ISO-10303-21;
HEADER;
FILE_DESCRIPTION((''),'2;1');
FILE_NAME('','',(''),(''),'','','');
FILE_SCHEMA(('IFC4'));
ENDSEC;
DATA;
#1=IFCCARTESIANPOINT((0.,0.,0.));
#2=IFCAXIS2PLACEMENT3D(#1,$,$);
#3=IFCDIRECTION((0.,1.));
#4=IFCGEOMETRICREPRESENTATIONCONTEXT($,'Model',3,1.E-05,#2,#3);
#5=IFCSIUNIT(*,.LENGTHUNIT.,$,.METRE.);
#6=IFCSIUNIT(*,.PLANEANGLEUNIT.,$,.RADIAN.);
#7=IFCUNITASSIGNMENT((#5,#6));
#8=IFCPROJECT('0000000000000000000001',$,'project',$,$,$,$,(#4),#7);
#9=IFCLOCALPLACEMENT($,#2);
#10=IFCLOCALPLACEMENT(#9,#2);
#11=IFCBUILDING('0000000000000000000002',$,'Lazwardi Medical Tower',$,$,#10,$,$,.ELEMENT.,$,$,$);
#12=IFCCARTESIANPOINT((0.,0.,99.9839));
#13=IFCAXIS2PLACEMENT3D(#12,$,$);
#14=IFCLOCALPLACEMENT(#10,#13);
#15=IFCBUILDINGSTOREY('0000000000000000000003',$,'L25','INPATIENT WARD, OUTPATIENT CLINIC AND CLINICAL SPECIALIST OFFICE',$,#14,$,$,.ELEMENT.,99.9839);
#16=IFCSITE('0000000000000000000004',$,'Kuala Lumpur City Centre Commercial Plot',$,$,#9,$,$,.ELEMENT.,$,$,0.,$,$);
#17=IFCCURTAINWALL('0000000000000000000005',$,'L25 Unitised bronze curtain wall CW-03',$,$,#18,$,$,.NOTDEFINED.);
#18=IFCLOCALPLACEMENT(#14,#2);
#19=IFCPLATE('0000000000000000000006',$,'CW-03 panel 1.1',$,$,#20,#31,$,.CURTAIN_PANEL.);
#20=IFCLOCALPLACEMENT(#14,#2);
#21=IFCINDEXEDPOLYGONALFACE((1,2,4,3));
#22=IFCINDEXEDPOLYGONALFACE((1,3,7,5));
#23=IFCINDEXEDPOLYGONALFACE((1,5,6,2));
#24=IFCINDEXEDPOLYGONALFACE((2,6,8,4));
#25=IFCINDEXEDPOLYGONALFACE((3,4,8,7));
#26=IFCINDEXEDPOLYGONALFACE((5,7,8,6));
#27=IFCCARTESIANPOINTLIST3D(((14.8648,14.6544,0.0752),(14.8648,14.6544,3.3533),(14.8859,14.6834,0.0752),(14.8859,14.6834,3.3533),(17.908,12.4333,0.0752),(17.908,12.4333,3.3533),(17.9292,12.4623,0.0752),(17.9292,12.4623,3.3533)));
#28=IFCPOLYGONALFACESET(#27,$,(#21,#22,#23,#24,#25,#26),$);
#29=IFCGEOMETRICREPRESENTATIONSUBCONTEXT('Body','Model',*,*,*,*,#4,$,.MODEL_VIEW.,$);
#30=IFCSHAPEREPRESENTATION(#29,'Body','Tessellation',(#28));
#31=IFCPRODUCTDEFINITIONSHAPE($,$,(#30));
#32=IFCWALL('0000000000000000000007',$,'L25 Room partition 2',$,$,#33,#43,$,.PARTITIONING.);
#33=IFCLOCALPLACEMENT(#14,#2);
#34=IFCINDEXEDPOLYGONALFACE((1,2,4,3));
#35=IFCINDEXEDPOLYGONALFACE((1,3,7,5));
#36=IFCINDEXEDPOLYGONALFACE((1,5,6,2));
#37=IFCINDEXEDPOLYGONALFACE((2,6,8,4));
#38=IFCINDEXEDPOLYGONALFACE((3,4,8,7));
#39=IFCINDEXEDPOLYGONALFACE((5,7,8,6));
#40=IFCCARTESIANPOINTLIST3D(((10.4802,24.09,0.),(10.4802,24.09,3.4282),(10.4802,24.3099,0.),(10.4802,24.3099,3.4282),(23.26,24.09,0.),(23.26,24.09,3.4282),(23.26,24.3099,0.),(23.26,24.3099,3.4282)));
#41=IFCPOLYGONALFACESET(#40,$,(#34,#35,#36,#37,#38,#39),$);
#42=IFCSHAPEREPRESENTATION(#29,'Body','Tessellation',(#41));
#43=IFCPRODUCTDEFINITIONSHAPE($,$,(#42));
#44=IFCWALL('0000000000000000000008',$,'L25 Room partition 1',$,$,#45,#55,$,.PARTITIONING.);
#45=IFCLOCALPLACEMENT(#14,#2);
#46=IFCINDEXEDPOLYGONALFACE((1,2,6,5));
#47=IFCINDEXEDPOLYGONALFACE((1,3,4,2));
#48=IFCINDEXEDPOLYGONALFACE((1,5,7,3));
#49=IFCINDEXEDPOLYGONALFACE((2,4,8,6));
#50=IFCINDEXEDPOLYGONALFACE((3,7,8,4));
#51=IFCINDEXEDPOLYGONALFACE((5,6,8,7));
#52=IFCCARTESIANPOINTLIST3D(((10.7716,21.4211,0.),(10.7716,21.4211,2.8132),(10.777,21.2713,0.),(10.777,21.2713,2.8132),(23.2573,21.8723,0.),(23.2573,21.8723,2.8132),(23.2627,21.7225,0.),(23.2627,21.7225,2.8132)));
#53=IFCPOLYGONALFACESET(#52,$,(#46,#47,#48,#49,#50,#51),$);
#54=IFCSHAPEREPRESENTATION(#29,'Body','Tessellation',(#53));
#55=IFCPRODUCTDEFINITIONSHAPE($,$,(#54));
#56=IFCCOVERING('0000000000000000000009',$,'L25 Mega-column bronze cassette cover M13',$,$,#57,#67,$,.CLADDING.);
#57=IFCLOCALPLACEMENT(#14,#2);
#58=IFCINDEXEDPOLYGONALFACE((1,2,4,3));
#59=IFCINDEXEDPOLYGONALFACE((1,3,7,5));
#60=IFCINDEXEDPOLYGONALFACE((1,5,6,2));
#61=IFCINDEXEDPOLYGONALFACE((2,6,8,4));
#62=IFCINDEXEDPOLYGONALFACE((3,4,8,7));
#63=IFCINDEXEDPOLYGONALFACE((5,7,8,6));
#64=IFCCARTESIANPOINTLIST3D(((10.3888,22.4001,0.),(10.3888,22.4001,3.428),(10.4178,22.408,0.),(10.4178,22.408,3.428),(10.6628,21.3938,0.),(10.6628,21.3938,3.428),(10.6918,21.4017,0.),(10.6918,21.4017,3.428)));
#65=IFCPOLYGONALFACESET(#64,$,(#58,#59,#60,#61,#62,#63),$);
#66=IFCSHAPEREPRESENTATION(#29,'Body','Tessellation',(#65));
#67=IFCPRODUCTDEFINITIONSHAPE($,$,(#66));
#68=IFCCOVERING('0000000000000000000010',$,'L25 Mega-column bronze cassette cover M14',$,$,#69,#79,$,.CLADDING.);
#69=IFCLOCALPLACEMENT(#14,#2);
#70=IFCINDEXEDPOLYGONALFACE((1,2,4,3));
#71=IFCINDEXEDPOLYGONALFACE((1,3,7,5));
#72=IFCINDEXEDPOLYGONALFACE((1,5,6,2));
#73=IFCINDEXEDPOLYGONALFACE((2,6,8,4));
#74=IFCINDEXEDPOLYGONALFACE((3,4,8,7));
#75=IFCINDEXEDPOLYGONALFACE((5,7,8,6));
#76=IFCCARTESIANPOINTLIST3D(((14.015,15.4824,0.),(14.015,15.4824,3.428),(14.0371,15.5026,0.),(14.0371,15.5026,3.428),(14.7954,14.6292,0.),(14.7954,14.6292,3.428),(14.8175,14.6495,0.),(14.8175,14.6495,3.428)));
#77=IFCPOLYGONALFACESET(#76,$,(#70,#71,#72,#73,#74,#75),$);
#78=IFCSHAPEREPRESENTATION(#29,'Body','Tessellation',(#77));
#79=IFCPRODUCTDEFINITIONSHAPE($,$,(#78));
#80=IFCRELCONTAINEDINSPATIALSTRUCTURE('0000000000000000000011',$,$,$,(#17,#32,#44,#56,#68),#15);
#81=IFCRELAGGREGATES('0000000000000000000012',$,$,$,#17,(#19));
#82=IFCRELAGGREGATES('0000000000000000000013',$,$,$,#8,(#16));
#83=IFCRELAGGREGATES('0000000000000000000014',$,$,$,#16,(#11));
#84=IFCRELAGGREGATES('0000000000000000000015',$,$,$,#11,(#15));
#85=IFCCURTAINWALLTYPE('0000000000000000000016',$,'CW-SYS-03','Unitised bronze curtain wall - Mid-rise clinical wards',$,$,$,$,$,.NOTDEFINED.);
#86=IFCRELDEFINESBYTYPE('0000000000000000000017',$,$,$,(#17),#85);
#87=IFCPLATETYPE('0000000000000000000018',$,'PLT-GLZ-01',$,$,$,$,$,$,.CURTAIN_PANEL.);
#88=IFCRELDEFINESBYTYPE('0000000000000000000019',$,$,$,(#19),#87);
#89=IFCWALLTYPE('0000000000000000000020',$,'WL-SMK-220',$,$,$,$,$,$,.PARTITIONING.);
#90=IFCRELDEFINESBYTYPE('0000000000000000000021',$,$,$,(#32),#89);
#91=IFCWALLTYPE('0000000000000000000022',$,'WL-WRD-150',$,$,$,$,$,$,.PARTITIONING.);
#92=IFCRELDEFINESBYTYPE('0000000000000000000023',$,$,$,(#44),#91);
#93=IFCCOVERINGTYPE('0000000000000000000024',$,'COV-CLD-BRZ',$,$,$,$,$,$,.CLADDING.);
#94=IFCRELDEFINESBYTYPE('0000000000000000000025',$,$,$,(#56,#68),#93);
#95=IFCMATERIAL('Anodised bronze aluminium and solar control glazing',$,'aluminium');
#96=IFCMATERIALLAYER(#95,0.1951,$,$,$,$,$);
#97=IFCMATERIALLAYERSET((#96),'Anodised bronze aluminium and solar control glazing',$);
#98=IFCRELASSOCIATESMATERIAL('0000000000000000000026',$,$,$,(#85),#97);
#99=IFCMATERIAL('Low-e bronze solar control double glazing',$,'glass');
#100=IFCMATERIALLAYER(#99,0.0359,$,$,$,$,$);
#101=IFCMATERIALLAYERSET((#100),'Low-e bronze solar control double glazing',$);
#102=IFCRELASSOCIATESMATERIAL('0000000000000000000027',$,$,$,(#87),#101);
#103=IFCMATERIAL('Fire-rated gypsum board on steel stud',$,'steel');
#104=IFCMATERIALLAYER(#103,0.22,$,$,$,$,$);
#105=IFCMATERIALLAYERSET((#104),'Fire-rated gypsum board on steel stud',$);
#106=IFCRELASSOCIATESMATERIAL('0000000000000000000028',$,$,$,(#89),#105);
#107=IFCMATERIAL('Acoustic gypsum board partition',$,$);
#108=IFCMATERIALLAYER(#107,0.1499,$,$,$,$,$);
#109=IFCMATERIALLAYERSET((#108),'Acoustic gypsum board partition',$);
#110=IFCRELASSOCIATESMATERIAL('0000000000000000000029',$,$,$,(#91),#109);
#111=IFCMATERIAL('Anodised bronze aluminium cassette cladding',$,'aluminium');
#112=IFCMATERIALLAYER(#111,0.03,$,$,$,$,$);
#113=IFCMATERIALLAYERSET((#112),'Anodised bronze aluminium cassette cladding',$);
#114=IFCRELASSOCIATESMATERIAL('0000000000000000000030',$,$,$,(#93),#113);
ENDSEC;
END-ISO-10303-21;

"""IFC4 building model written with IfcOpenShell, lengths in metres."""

from ifc_helpers import new_model, si_unit, direction, frame, frame_2d, origin, origin_2d, place, context, subcontext, project, spatial, rectangle, extrude, material, layer, layer_set, type_object, element, aggregate, save


model = new_model("IFC4")

# Units and contexts
model_context = context("Model", 3, precision=1e-05, world=origin(), true_north=direction((0.0, 1.0)))
body_context = subcontext(model_context, "Body", "Model", "MODEL_VIEW")
ifc_project = project(units=[si_unit("LENGTHUNIT", "METRE"), si_unit("PLANEANGLEUNIT", "RADIAN")], contexts=[model_context])

# Site, building, storey
site_placement = place(None, origin())
site = spatial("IfcSite", under=ifc_project, at=site_placement, Name="Kuala Lumpur City Centre Commercial Plot", CompositionType="ELEMENT", RefElevation=0.0)
building_placement = place(site_placement, origin())
building = spatial("IfcBuilding", under=site, at=building_placement, Name="Lazwardi Medical Tower", CompositionType="ELEMENT")
storey_placement = place(building_placement, frame((0.0, 0.0, 99.9839)))
storey = spatial("IfcBuildingStorey", under=building, at=storey_placement, Name="L25", Description="INPATIENT WARD, OUTPATIENT CLINIC AND CLINICAL SPECIALIST OFFICE", CompositionType="ELEMENT", Elevation=99.9839)

# Shared definitions
ifc_material_1 = material(Name="Anodised bronze aluminium and solar control glazing", Category="aluminium")
ifc_layer_1 = layer(ifc_material_1, 0.1951)
ifc_layer_set_1 = layer_set([ifc_layer_1], Name="Anodised bronze aluminium and solar control glazing")
curtain_wall_type = type_object("IfcCurtainWallType", Name="CW-SYS-03", Description="Unitised bronze curtain wall - Mid-rise clinical wards", PredefinedType="NOTDEFINED", material=ifc_layer_set_1)

# Curtain wall
curtain_wall_1_placement = place(storey_placement, origin())
curtain_wall_1 = element("IfcCurtainWall", 1, at=curtain_wall_1_placement, inside=storey, type_object=curtain_wall_type, Name="L25 Unitised bronze curtain wall CW-03", PredefinedType="NOTDEFINED")

# Plate
ifc_material_2 = material(Name="Low-e bronze solar control double glazing", Category="glass")
ifc_layer_2 = layer(ifc_material_2, 0.0359)
ifc_layer_set_2 = layer_set([ifc_layer_2], Name="Low-e bronze solar control double glazing")
plate_type = type_object("IfcPlateType", Name="PLT-GLZ-01", PredefinedType="CURTAIN_PANEL", material=ifc_layer_set_2)
plate_1_placement = place(storey_placement, frame((16.397, 13.5583, 0.0752), z_axis=(0.0, 0.0, 1.0), x_axis=(0.807746, -0.589531, 0.0)))
plate_1 = element("IfcPlate", 2, at=plate_1_placement, type_object=plate_type, Name="CW-03 panel 1.1", PredefinedType="CURTAIN_PANEL", context=body_context, shape_type="SweptSolid", body=[
    extrude(rectangle(XDim=3.7676, YDim=0.0359, at=origin_2d()), origin(), (0.0, 0.0, 1.0), 3.2781),
])
aggregate(curtain_wall_1, [plate_1])

# Walls
ifc_material_3 = material(Name="Fire-rated gypsum board on steel stud", Category="steel")
ifc_layer_3 = layer(ifc_material_3, 0.22)
ifc_layer_set_3 = layer_set([ifc_layer_3], Name="Fire-rated gypsum board on steel stud")
wall_type_1 = type_object("IfcWallType", Name="WL-SMK-220", PredefinedType="PARTITIONING", material=ifc_layer_set_3)
wall_1_placement = place(storey_placement, frame((10.4802, 24.2, 0.0), z_axis=(0.0, 0.0, 1.0), x_axis=(1.0, 0.0, 0.0)))
element("IfcWall", 3, at=wall_1_placement, inside=storey, type_object=wall_type_1, Name="L25 Room partition 2", PredefinedType="PARTITIONING", context=body_context, shape_type="SweptSolid", body=[
    extrude(rectangle(XDim=12.7798, YDim=0.22, at=frame_2d((6.3899, 0.0))), origin(), (0.0, 0.0, 1.0), 3.4282),
])
ifc_material_4 = material(Name="Acoustic gypsum board partition")
ifc_layer_4 = layer(ifc_material_4, 0.1499)
ifc_layer_set_4 = layer_set([ifc_layer_4], Name="Acoustic gypsum board partition")
wall_type_2 = type_object("IfcWallType", Name="WL-WRD-150", PredefinedType="PARTITIONING", material=ifc_layer_set_4)
wall_2_placement = place(storey_placement, frame((10.7742, 21.3462, 0.0), z_axis=(0.0, 0.0, 1.0), x_axis=(0.999348, 0.036111, 0.0)))
element("IfcWall", 4, at=wall_2_placement, inside=storey, type_object=wall_type_2, Name="L25 Room partition 1", PredefinedType="PARTITIONING", context=body_context, shape_type="SweptSolid", body=[
    extrude(rectangle(XDim=12.4939, YDim=0.1499, at=frame_2d((6.2471, 0.0))), origin(), (0.0, 0.0, 1.0), 2.8132),
])

# Coverings
ifc_material_5 = material(Name="Anodised bronze aluminium cassette cladding", Category="aluminium")
ifc_layer_5 = layer(ifc_material_5, 0.03)
ifc_layer_set_5 = layer_set([ifc_layer_5], Name="Anodised bronze aluminium cassette cladding")
covering_type = type_object("IfcCoveringType", Name="COV-CLD-BRZ", PredefinedType="CLADDING", material=ifc_layer_set_5)
covering_1_placement = place(storey_placement, frame((10.5403, 21.9009, 0.0), z_axis=(0.0, 0.0, 1.0), x_axis=(0.262696, -0.964879, 0.0)))
element("IfcCovering", 5, at=covering_1_placement, inside=storey, type_object=covering_type, Name="L25 Mega-column bronze cassette cover M13", PredefinedType="CLADDING", context=body_context, shape_type="SweptSolid", body=[
    extrude(rectangle(XDim=1.043, YDim=0.03, at=origin_2d()), origin(), (0.0, 0.0, 1.0), 3.428),
])
covering_2_placement = place(storey_placement, frame((14.4163, 15.0659, 0.0), z_axis=(0.0, 0.0, 1.0), x_axis=(0.674926, -0.737885, 0.0)))
element("IfcCovering", 6, at=covering_2_placement, inside=storey, type_object=covering_type, Name="L25 Mega-column bronze cassette cover M14", PredefinedType="CLADDING", context=body_context, shape_type="SweptSolid", body=[
    extrude(rectangle(XDim=1.1562, YDim=0.03, at=origin_2d()), origin(), (0.0, 0.0, 1.0), 3.428),
])

save(model, "model.ifc")
